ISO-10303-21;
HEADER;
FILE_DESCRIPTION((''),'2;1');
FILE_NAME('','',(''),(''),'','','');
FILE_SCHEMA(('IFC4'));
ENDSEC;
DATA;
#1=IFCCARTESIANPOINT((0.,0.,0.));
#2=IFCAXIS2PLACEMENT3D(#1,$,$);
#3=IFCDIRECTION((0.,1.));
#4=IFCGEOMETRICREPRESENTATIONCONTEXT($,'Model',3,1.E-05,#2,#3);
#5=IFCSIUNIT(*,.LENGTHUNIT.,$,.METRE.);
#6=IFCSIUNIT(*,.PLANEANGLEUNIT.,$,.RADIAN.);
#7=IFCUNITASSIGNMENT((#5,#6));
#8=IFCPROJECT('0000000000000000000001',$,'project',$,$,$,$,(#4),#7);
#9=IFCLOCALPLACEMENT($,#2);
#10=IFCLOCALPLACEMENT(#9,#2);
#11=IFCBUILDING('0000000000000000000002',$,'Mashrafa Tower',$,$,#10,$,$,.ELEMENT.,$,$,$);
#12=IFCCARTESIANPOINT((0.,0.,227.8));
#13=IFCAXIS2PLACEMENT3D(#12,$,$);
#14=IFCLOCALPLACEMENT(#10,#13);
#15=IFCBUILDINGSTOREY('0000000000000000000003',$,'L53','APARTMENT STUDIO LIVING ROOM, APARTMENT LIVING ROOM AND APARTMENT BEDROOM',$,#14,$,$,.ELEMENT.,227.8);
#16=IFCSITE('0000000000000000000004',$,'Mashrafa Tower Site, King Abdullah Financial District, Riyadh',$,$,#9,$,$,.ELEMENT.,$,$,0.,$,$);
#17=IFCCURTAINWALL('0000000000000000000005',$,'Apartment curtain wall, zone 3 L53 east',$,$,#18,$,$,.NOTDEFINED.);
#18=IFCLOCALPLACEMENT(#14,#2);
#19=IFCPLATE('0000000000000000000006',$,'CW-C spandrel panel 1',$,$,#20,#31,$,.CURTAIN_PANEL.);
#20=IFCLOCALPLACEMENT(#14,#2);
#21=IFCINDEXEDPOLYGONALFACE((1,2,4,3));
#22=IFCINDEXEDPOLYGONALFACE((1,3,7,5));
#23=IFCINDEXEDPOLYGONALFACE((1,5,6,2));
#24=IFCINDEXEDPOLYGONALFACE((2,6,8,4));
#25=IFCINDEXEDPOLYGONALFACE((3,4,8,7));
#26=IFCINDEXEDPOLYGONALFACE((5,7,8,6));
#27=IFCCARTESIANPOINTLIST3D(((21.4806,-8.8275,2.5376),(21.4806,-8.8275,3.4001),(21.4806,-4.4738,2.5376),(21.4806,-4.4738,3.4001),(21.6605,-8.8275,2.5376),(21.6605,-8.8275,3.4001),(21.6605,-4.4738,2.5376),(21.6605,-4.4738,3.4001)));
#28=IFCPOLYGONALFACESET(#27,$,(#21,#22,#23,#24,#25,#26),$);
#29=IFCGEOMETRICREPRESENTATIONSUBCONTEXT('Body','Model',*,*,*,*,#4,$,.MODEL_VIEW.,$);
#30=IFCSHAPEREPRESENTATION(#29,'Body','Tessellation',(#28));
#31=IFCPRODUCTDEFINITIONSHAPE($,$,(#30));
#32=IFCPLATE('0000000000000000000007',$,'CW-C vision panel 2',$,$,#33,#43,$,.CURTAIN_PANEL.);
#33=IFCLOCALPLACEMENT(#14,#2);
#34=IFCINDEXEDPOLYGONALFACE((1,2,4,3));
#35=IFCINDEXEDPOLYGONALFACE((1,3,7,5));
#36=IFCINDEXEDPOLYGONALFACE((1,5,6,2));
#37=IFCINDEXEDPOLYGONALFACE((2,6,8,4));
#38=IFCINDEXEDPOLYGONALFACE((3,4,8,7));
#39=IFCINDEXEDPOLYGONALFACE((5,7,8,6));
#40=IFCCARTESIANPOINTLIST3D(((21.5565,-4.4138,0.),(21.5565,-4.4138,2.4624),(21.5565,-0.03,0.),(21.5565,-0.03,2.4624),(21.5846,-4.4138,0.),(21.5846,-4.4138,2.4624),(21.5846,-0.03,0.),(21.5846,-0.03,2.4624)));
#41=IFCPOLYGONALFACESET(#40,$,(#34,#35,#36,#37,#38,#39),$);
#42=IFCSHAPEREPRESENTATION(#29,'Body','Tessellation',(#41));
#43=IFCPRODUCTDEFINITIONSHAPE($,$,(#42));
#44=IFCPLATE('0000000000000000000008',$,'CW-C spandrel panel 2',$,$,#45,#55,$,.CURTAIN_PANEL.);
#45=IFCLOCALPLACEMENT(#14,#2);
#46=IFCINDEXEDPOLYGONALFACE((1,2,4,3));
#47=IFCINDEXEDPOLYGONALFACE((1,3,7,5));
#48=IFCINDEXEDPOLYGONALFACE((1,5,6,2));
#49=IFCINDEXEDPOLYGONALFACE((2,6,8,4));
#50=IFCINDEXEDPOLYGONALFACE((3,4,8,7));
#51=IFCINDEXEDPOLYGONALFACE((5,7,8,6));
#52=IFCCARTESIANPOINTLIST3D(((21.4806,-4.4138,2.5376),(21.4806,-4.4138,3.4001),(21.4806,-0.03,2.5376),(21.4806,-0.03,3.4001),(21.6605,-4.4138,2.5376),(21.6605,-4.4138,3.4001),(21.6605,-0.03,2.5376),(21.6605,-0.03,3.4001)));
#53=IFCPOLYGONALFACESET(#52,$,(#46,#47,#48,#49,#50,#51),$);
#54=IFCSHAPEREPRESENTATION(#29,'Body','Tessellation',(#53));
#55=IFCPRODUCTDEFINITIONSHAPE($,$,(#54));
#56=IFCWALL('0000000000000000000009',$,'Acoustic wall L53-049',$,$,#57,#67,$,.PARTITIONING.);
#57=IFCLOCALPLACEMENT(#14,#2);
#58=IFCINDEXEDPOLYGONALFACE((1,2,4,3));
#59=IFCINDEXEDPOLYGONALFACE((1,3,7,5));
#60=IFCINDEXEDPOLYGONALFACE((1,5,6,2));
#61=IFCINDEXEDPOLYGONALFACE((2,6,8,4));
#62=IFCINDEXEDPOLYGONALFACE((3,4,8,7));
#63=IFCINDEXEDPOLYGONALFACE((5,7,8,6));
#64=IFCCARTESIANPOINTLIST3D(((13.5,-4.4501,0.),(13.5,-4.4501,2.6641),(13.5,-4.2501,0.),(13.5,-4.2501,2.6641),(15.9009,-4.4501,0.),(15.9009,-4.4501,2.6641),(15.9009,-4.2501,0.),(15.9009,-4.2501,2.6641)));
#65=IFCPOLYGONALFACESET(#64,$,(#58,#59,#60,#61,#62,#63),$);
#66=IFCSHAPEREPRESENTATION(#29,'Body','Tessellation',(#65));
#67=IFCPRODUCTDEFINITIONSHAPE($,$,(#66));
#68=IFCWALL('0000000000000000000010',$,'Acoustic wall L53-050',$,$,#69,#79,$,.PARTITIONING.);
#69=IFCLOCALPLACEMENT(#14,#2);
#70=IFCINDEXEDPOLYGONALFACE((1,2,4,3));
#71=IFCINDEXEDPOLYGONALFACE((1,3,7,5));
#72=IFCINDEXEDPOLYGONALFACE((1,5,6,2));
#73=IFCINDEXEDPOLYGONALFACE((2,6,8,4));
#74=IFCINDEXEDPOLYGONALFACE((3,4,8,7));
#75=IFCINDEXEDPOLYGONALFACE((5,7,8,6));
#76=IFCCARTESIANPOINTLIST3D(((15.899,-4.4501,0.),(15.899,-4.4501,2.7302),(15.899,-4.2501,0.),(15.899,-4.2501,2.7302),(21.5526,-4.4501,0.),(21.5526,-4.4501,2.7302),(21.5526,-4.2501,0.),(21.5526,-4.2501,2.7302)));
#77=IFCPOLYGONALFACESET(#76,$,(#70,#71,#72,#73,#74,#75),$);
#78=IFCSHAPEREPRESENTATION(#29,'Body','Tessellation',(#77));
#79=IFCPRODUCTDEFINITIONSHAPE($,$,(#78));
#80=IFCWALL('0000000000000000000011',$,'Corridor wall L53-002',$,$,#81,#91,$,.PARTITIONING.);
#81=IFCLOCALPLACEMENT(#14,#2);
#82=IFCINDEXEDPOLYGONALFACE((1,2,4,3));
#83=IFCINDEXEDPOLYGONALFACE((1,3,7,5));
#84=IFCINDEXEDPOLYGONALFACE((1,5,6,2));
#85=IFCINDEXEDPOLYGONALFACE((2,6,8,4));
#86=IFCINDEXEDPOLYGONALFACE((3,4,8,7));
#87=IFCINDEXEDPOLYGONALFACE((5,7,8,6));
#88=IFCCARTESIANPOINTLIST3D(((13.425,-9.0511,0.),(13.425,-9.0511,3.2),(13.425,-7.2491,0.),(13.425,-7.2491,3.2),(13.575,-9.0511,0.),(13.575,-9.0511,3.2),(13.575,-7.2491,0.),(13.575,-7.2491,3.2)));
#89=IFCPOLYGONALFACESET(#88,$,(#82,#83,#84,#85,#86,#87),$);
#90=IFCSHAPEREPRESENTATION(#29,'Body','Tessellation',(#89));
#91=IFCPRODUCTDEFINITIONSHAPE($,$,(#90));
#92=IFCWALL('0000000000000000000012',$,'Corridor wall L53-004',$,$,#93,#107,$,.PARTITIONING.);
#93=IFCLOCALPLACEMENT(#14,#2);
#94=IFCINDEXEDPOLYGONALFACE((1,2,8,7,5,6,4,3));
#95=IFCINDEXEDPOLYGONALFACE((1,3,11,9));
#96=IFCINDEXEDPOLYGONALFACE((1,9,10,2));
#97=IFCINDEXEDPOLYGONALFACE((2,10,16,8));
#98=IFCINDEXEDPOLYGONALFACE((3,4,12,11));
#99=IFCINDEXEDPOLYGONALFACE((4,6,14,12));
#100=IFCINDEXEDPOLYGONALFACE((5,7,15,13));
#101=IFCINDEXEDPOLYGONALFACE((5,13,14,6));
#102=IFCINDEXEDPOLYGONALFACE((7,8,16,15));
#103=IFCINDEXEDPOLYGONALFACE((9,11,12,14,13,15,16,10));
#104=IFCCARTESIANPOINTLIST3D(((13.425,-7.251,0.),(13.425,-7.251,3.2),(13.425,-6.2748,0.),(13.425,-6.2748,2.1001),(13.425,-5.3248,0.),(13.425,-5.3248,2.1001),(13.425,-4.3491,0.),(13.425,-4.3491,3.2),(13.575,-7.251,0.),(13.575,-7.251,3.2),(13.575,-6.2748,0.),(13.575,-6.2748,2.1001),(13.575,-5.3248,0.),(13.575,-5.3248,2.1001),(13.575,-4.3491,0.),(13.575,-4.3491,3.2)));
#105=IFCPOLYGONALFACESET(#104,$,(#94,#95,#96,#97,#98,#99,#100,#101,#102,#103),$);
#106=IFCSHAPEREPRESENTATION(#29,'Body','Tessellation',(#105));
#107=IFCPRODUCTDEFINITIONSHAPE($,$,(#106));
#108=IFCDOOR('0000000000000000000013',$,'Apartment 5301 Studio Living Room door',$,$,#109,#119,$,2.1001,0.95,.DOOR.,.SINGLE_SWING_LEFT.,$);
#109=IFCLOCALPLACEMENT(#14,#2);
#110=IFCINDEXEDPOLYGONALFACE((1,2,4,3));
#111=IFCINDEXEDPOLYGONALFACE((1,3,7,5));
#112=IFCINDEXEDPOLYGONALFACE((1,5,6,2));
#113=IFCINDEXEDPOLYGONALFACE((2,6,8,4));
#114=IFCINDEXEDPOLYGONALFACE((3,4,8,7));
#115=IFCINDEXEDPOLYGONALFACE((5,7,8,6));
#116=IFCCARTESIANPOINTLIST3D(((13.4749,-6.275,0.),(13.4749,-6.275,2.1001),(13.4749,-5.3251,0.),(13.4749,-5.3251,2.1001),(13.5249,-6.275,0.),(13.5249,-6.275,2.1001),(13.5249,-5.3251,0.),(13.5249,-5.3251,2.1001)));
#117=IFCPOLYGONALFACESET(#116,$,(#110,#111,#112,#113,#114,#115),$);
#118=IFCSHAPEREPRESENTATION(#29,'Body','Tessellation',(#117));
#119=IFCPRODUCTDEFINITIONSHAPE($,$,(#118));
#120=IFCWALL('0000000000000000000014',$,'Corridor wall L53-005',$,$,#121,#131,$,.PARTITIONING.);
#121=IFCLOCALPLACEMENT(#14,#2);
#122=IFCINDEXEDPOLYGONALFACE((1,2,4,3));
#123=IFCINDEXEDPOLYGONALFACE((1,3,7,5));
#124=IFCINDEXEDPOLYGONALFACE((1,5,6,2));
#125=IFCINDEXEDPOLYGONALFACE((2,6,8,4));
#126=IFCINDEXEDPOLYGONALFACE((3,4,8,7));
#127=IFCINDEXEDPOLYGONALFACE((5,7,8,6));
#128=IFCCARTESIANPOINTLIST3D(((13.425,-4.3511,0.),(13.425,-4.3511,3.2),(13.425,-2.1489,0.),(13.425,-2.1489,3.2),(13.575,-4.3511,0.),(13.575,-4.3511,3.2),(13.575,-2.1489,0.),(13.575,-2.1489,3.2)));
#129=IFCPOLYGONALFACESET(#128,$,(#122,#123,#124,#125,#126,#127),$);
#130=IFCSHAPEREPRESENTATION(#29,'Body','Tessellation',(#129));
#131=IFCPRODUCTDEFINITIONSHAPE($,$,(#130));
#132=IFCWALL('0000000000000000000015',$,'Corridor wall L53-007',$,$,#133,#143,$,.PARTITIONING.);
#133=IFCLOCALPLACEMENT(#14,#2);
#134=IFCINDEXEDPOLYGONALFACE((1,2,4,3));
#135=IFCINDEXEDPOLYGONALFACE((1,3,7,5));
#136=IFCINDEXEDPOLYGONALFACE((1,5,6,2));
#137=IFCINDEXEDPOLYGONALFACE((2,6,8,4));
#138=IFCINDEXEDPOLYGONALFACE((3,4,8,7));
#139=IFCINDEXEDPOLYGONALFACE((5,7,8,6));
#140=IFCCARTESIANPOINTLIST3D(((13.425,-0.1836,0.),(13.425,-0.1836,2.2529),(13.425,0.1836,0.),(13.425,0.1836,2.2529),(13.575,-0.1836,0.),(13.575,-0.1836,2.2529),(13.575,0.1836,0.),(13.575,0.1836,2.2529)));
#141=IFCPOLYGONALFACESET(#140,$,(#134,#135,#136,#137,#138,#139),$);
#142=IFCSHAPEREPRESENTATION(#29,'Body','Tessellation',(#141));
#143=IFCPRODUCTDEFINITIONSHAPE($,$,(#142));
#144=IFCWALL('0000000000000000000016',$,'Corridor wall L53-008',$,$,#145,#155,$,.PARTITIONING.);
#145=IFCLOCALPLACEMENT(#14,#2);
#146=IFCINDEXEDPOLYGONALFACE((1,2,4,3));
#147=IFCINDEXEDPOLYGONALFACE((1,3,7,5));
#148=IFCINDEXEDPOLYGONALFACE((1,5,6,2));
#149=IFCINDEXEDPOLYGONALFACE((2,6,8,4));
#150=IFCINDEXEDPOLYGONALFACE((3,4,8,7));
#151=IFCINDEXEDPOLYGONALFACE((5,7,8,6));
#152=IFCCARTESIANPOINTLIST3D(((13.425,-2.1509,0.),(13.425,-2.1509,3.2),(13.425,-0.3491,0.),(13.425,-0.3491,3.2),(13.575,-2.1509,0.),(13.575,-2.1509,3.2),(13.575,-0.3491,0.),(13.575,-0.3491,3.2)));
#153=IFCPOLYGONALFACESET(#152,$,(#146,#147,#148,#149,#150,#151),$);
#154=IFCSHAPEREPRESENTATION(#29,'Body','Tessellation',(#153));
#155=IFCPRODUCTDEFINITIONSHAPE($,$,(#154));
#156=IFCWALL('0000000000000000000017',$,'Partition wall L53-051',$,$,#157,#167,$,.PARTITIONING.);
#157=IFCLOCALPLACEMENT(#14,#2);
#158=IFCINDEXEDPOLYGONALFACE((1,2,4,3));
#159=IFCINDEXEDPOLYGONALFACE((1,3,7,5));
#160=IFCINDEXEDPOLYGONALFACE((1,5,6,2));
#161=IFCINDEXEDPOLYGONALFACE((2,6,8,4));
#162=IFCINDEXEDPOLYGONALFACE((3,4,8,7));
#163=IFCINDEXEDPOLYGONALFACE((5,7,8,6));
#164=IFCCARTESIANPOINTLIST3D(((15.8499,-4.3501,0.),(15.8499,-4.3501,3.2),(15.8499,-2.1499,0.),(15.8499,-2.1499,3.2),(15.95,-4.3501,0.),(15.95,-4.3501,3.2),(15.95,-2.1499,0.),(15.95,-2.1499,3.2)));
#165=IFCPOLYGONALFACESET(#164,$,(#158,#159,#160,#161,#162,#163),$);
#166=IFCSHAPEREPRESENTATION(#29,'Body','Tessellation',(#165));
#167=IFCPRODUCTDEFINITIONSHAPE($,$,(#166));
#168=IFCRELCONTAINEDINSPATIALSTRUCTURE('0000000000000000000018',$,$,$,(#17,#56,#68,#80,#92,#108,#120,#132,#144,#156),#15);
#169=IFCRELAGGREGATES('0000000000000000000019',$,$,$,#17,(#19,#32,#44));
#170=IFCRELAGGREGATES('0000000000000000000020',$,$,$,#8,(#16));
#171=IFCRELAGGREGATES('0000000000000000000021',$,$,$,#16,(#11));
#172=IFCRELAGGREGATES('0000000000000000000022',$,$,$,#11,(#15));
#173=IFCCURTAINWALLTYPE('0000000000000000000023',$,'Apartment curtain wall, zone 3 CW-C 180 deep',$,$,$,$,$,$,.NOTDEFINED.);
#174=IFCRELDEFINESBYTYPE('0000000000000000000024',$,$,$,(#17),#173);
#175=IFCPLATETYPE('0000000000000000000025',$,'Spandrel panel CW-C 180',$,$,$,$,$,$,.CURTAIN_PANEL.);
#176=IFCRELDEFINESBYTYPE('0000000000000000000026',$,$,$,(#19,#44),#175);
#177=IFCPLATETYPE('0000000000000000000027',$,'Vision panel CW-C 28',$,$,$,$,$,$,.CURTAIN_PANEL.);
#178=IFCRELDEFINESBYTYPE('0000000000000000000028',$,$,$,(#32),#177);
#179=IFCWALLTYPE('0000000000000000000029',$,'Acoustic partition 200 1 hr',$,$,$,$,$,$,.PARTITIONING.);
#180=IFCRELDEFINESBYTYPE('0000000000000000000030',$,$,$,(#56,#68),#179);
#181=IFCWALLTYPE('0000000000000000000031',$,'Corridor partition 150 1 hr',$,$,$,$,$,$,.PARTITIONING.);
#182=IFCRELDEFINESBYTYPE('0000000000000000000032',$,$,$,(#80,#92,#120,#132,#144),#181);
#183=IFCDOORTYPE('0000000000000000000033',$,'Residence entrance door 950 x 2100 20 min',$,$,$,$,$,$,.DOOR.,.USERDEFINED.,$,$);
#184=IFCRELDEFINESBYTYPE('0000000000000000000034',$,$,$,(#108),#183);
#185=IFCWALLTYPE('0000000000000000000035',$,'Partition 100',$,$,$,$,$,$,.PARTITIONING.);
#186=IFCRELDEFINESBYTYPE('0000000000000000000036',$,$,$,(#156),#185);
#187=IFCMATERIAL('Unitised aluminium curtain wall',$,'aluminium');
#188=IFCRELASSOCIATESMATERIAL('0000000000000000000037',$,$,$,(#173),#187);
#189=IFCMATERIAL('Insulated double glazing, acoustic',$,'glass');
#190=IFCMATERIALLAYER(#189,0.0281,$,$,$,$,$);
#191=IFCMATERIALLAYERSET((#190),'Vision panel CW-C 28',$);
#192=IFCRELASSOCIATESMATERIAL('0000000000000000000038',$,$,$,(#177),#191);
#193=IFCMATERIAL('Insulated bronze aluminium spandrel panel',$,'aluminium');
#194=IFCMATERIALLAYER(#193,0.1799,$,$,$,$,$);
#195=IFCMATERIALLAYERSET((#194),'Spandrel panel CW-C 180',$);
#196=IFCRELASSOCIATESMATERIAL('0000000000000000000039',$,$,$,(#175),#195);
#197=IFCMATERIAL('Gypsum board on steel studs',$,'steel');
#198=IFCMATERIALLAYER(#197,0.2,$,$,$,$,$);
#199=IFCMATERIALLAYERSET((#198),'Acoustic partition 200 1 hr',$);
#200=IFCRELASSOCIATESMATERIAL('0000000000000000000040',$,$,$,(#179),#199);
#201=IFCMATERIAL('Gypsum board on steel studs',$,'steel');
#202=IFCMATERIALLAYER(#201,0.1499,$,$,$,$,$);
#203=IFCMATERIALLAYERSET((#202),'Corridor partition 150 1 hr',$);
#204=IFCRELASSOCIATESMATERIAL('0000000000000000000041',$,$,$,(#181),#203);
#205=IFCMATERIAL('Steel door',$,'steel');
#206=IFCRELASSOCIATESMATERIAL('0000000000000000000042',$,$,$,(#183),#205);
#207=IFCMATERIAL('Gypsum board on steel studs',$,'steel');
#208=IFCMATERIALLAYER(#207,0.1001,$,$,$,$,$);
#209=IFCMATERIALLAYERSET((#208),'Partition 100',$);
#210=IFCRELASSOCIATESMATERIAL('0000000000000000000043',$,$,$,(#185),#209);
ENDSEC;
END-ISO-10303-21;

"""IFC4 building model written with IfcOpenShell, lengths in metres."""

from ifc_helpers import new_model, si_unit, direction, frame, frame_2d, origin, origin_2d, place, context, subcontext, project, spatial, rectangle, extrude, source, transform, mapped, material, layer, layer_set, type_object, type_shapes, element, fill, aggregate, save


model = new_model("IFC4")

# Units and contexts
model_context = context("Model", 3, precision=1e-05, world=origin(), true_north=direction((0.0, 1.0)))
body_context = subcontext(model_context, "Body", "Model", "MODEL_VIEW")
ifc_project = project(units=[si_unit("LENGTHUNIT", "METRE"), si_unit("PLANEANGLEUNIT", "RADIAN")], contexts=[model_context])

# Site, building, storey
site_placement = place(None, origin())
site = spatial("IfcSite", under=ifc_project, at=site_placement, Name="Mashrafa Tower Site, King Abdullah Financial District, Riyadh", CompositionType="ELEMENT", RefElevation=0.0)
building_placement = place(site_placement, origin())
building = spatial("IfcBuilding", under=site, at=building_placement, Name="Mashrafa Tower", CompositionType="ELEMENT")
storey_placement = place(building_placement, frame((0.0, 0.0, 227.8)))
storey = spatial("IfcBuildingStorey", under=building, at=storey_placement, Name="L53", Description="APARTMENT STUDIO LIVING ROOM, APARTMENT LIVING ROOM AND APARTMENT BEDROOM", CompositionType="ELEMENT", Elevation=227.8)

# Curtain wall
ifc_material_1 = material(Name="Unitised aluminium curtain wall", Category="aluminium")
curtain_wall_type = type_object("IfcCurtainWallType", Name="Apartment curtain wall, zone 3 CW-C 180 deep", PredefinedType="NOTDEFINED", material=ifc_material_1)
curtain_wall_1_placement = place(storey_placement, origin())
curtain_wall_1 = element("IfcCurtainWall", 1, at=curtain_wall_1_placement, inside=storey, type_object=curtain_wall_type, Name="Apartment curtain wall, zone 3 L53 east", PredefinedType="NOTDEFINED")

# Plates
ifc_material_2 = material(Name="Insulated double glazing, acoustic", Category="glass")
ifc_layer_1 = layer(ifc_material_2, 0.0281)
ifc_layer_set_1 = layer_set([ifc_layer_1], Name="Vision panel CW-C 28")
plate_type_1 = type_object("IfcPlateType", Name="Vision panel CW-C 28", PredefinedType="CURTAIN_PANEL", material=ifc_layer_set_1)
ifc_material_3 = material(Name="Insulated bronze aluminium spandrel panel", Category="aluminium")
ifc_layer_2 = layer(ifc_material_3, 0.1799)
ifc_layer_set_2 = layer_set([ifc_layer_2], Name="Spandrel panel CW-C 180")
plate_type_2 = type_object("IfcPlateType", Name="Spandrel panel CW-C 180", PredefinedType="CURTAIN_PANEL", material=ifc_layer_set_2)
shared_shape_1 = source(origin(), body_context, "Body", "SweptSolid", [
    extrude(rectangle(XDim=4.3538, YDim=0.1799, at=origin_2d()), origin(), (0.0, 0.0, 1.0), 0.8625),
])
plate_1_placement = place(storey_placement, frame((21.5706, -6.6506, 2.5376), z_axis=(0.0, 0.0, 1.0), x_axis=(0.0, 1.0, 0.0)))
plate_1 = element("IfcPlate", 2, at=plate_1_placement, type_object=plate_type_2, Name="CW-C spandrel panel 1", PredefinedType="CURTAIN_PANEL", context=body_context, shape_type="MappedRepresentation", body=[
    mapped(shared_shape_1, transform((0.0, 0.0, 0.0))),
])
shared_shape_2 = source(origin(), body_context, "Body", "SweptSolid", [
    extrude(rectangle(XDim=4.3838, YDim=0.0281, at=origin_2d()), origin(), (0.0, 0.0, 1.0), 2.4624),
])
plate_2_placement = place(storey_placement, frame((21.5706, -2.2219, 0.0), z_axis=(0.0, 0.0, 1.0), x_axis=(0.0, 1.0, 0.0)))
plate_2 = element("IfcPlate", 3, at=plate_2_placement, type_object=plate_type_1, Name="CW-C vision panel 2", PredefinedType="CURTAIN_PANEL", context=body_context, shape_type="MappedRepresentation", body=[
    mapped(shared_shape_2, transform((0.0, 0.0, 0.0))),
])
shared_shape_3 = source(origin(), body_context, "Body", "SweptSolid", [
    extrude(rectangle(XDim=4.3838, YDim=0.1799, at=origin_2d()), origin(), (0.0, 0.0, 1.0), 0.8625),
])
type_shapes(plate_type_2, [shared_shape_1, shared_shape_3])
plate_3_placement = place(storey_placement, frame((21.5706, -2.2219, 2.5376), z_axis=(0.0, 0.0, 1.0), x_axis=(0.0, 1.0, 0.0)))
plate_3 = element("IfcPlate", 4, at=plate_3_placement, type_object=plate_type_2, Name="CW-C spandrel panel 2", PredefinedType="CURTAIN_PANEL", context=body_context, shape_type="MappedRepresentation", body=[
    mapped(shared_shape_3, transform((0.0, 0.0, 0.0))),
])
aggregate(curtain_wall_1, [plate_1, plate_2, plate_3])

# Walls
ifc_material_4 = material(Name="Gypsum board on steel studs", Category="steel")
ifc_layer_3 = layer(ifc_material_4, 0.2)
ifc_layer_set_3 = layer_set([ifc_layer_3], Name="Acoustic partition 200 1 hr")
wall_type_1 = type_object("IfcWallType", Name="Acoustic partition 200 1 hr", PredefinedType="PARTITIONING", material=ifc_layer_set_3)
wall_1_placement = place(storey_placement, frame((15.9009, -4.3501, 0.0), z_axis=(0.0, 0.0, 1.0), x_axis=(-1.0, 0.0, 0.0)))
element("IfcWall", 5, at=wall_1_placement, inside=storey, type_object=wall_type_1, Name="Acoustic wall L53-049", PredefinedType="PARTITIONING", context=body_context, shape_type="SweptSolid", body=[
    extrude(rectangle(XDim=2.4009, YDim=0.2, at=frame_2d((1.2004, 0.0))), origin(), (0.0, 0.0, 1.0), 2.6641),
])
wall_2_placement = place(storey_placement, frame((21.5525, -4.3501, 0.0), z_axis=(0.0, 0.0, 1.0), x_axis=(-1.0, 0.0, 0.0)))
element("IfcWall", 6, at=wall_2_placement, inside=storey, type_object=wall_type_1, Name="Acoustic wall L53-050", PredefinedType="PARTITIONING", context=body_context, shape_type="SweptSolid", body=[
    extrude(rectangle(XDim=5.6536, YDim=0.2, at=frame_2d((2.8267, 0.0))), origin(), (0.0, 0.0, 1.0), 2.7302),
])
ifc_material_5 = material(Name="Gypsum board on steel studs", Category="steel")
ifc_layer_4 = layer(ifc_material_5, 0.1499)
ifc_layer_set_4 = layer_set([ifc_layer_4], Name="Corridor partition 150 1 hr")
wall_type_2 = type_object("IfcWallType", Name="Corridor partition 150 1 hr", PredefinedType="PARTITIONING", material=ifc_layer_set_4)
wall_3_placement = place(storey_placement, frame((13.5, -9.051, 0.0), z_axis=(0.0, 0.0, 1.0), x_axis=(0.0, 1.0, 0.0)))
element("IfcWall", 7, at=wall_3_placement, inside=storey, type_object=wall_type_2, Name="Corridor wall L53-002", PredefinedType="PARTITIONING", context=body_context, shape_type="SweptSolid", body=[
    extrude(rectangle(XDim=1.802, YDim=0.1499, at=frame_2d((0.9009, 0.0))), origin(), (0.0, 0.0, 1.0), 3.2),
])

# Wall, opening, door
wall_4_placement = place(storey_placement, frame((13.5, -7.251, 0.0), z_axis=(0.0, 0.0, 1.0), x_axis=(0.0, 1.0, 0.0)))
wall_4 = element("IfcWall", 8, at=wall_4_placement, inside=storey, type_object=wall_type_2, Name="Corridor wall L53-004", PredefinedType="PARTITIONING", context=body_context, shape_type="SweptSolid", body=[
    extrude(rectangle(XDim=2.9019, YDim=0.1499, at=frame_2d((1.4509, 0.0))), origin(), (0.0, 0.0, 1.0), 3.2),
])
opening_1_placement = place(wall_4_placement, frame((0.9761, 0.0, 0.0)))
opening_1 = element("IfcOpeningElement", 9, at=opening_1_placement, cuts=wall_4, PredefinedType="OPENING", context=body_context, shape_type="SweptSolid", body=[
    extrude(rectangle(XDim=0.95, YDim=2.1001, at=frame_2d((0.4751, 1.05))), frame((0.0, 0.085, 0.0), z_axis=(0.0, -1.0, 0.0), x_axis=(1.0, 0.0, 0.0)), (0.0, 0.0, 1.0), 0.1699),
])
ifc_material_6 = material(Name="Steel door", Category="steel")
door_type_1 = type_object("IfcDoorType", Name="Residence entrance door 950 x 2100 20 min", OperationType="USERDEFINED", PredefinedType="DOOR", material=ifc_material_6)
door_1_placement = place(opening_1_placement, frame((0.95, 0.0, 0.0), z_axis=(0.0, 0.0, 1.0), x_axis=(-1.0, 0.0, 0.0)))
door_1 = element("IfcDoor", 10, at=door_1_placement, inside=storey, type_object=door_type_1, Name="Apartment 5301 Studio Living Room door", OperationType="SINGLE_SWING_LEFT", OverallHeight=2.1001, OverallWidth=0.95, PredefinedType="DOOR", context=body_context, shape_type="SweptSolid", body=[
    extrude(rectangle(XDim=0.95, YDim=2.1001, at=frame_2d((0.4751, 1.05))), frame((0.0, 0.0249, 0.0), z_axis=(0.0, -1.0, 0.0), x_axis=(1.0, 0.0, 0.0)), (0.0, 0.0, 1.0), 0.05),
])
fill(opening_1, door_1)

# Walls
wall_5_placement = place(storey_placement, frame((13.5, -4.3511, 0.0), z_axis=(0.0, 0.0, 1.0), x_axis=(0.0, 1.0, 0.0)))
element("IfcWall", 11, at=wall_5_placement, inside=storey, type_object=wall_type_2, Name="Corridor wall L53-005", PredefinedType="PARTITIONING", context=body_context, shape_type="SweptSolid", body=[
    extrude(rectangle(XDim=2.2021, YDim=0.1499, at=frame_2d((1.1011, 0.0))), origin(), (0.0, 0.0, 1.0), 3.2),
])
wall_6_placement = place(storey_placement, frame((13.5, -0.1836, 0.0), z_axis=(0.0, 0.0, 1.0), x_axis=(0.0, 1.0, 0.0)))
element("IfcWall", 12, at=wall_6_placement, inside=storey, type_object=wall_type_2, Name="Corridor wall L53-007", PredefinedType="PARTITIONING", context=body_context, shape_type="SweptSolid", body=[
    extrude(rectangle(XDim=0.3672, YDim=0.1499, at=frame_2d((0.1836, 0.0))), origin(), (0.0, 0.0, 1.0), 2.2529),
])
wall_7_placement = place(storey_placement, frame((13.5, -2.1509, 0.0), z_axis=(0.0, 0.0, 1.0), x_axis=(0.0, 1.0, 0.0)))
element("IfcWall", 13, at=wall_7_placement, inside=storey, type_object=wall_type_2, Name="Corridor wall L53-008", PredefinedType="PARTITIONING", context=body_context, shape_type="SweptSolid", body=[
    extrude(rectangle(XDim=1.8018, YDim=0.1499, at=frame_2d((0.9009, 0.0))), origin(), (0.0, 0.0, 1.0), 3.2),
])
ifc_material_7 = material(Name="Gypsum board on steel studs", Category="steel")
ifc_layer_5 = layer(ifc_material_7, 0.1001)
ifc_layer_set_5 = layer_set([ifc_layer_5], Name="Partition 100")
wall_type_3 = type_object("IfcWallType", Name="Partition 100", PredefinedType="PARTITIONING", material=ifc_layer_set_5)
wall_8_placement = place(storey_placement, frame((15.8999, -4.3501, 0.0), z_axis=(0.0, 0.0, 1.0), x_axis=(0.0, 1.0, 0.0)))
element("IfcWall", 14, at=wall_8_placement, inside=storey, type_object=wall_type_3, Name="Partition wall L53-051", PredefinedType="PARTITIONING", context=body_context, shape_type="SweptSolid", body=[
    extrude(rectangle(XDim=2.2002, YDim=0.1001, at=frame_2d((1.1001, 0.0))), origin(), (0.0, 0.0, 1.0), 3.2),
])

save(model, "model.ifc")
